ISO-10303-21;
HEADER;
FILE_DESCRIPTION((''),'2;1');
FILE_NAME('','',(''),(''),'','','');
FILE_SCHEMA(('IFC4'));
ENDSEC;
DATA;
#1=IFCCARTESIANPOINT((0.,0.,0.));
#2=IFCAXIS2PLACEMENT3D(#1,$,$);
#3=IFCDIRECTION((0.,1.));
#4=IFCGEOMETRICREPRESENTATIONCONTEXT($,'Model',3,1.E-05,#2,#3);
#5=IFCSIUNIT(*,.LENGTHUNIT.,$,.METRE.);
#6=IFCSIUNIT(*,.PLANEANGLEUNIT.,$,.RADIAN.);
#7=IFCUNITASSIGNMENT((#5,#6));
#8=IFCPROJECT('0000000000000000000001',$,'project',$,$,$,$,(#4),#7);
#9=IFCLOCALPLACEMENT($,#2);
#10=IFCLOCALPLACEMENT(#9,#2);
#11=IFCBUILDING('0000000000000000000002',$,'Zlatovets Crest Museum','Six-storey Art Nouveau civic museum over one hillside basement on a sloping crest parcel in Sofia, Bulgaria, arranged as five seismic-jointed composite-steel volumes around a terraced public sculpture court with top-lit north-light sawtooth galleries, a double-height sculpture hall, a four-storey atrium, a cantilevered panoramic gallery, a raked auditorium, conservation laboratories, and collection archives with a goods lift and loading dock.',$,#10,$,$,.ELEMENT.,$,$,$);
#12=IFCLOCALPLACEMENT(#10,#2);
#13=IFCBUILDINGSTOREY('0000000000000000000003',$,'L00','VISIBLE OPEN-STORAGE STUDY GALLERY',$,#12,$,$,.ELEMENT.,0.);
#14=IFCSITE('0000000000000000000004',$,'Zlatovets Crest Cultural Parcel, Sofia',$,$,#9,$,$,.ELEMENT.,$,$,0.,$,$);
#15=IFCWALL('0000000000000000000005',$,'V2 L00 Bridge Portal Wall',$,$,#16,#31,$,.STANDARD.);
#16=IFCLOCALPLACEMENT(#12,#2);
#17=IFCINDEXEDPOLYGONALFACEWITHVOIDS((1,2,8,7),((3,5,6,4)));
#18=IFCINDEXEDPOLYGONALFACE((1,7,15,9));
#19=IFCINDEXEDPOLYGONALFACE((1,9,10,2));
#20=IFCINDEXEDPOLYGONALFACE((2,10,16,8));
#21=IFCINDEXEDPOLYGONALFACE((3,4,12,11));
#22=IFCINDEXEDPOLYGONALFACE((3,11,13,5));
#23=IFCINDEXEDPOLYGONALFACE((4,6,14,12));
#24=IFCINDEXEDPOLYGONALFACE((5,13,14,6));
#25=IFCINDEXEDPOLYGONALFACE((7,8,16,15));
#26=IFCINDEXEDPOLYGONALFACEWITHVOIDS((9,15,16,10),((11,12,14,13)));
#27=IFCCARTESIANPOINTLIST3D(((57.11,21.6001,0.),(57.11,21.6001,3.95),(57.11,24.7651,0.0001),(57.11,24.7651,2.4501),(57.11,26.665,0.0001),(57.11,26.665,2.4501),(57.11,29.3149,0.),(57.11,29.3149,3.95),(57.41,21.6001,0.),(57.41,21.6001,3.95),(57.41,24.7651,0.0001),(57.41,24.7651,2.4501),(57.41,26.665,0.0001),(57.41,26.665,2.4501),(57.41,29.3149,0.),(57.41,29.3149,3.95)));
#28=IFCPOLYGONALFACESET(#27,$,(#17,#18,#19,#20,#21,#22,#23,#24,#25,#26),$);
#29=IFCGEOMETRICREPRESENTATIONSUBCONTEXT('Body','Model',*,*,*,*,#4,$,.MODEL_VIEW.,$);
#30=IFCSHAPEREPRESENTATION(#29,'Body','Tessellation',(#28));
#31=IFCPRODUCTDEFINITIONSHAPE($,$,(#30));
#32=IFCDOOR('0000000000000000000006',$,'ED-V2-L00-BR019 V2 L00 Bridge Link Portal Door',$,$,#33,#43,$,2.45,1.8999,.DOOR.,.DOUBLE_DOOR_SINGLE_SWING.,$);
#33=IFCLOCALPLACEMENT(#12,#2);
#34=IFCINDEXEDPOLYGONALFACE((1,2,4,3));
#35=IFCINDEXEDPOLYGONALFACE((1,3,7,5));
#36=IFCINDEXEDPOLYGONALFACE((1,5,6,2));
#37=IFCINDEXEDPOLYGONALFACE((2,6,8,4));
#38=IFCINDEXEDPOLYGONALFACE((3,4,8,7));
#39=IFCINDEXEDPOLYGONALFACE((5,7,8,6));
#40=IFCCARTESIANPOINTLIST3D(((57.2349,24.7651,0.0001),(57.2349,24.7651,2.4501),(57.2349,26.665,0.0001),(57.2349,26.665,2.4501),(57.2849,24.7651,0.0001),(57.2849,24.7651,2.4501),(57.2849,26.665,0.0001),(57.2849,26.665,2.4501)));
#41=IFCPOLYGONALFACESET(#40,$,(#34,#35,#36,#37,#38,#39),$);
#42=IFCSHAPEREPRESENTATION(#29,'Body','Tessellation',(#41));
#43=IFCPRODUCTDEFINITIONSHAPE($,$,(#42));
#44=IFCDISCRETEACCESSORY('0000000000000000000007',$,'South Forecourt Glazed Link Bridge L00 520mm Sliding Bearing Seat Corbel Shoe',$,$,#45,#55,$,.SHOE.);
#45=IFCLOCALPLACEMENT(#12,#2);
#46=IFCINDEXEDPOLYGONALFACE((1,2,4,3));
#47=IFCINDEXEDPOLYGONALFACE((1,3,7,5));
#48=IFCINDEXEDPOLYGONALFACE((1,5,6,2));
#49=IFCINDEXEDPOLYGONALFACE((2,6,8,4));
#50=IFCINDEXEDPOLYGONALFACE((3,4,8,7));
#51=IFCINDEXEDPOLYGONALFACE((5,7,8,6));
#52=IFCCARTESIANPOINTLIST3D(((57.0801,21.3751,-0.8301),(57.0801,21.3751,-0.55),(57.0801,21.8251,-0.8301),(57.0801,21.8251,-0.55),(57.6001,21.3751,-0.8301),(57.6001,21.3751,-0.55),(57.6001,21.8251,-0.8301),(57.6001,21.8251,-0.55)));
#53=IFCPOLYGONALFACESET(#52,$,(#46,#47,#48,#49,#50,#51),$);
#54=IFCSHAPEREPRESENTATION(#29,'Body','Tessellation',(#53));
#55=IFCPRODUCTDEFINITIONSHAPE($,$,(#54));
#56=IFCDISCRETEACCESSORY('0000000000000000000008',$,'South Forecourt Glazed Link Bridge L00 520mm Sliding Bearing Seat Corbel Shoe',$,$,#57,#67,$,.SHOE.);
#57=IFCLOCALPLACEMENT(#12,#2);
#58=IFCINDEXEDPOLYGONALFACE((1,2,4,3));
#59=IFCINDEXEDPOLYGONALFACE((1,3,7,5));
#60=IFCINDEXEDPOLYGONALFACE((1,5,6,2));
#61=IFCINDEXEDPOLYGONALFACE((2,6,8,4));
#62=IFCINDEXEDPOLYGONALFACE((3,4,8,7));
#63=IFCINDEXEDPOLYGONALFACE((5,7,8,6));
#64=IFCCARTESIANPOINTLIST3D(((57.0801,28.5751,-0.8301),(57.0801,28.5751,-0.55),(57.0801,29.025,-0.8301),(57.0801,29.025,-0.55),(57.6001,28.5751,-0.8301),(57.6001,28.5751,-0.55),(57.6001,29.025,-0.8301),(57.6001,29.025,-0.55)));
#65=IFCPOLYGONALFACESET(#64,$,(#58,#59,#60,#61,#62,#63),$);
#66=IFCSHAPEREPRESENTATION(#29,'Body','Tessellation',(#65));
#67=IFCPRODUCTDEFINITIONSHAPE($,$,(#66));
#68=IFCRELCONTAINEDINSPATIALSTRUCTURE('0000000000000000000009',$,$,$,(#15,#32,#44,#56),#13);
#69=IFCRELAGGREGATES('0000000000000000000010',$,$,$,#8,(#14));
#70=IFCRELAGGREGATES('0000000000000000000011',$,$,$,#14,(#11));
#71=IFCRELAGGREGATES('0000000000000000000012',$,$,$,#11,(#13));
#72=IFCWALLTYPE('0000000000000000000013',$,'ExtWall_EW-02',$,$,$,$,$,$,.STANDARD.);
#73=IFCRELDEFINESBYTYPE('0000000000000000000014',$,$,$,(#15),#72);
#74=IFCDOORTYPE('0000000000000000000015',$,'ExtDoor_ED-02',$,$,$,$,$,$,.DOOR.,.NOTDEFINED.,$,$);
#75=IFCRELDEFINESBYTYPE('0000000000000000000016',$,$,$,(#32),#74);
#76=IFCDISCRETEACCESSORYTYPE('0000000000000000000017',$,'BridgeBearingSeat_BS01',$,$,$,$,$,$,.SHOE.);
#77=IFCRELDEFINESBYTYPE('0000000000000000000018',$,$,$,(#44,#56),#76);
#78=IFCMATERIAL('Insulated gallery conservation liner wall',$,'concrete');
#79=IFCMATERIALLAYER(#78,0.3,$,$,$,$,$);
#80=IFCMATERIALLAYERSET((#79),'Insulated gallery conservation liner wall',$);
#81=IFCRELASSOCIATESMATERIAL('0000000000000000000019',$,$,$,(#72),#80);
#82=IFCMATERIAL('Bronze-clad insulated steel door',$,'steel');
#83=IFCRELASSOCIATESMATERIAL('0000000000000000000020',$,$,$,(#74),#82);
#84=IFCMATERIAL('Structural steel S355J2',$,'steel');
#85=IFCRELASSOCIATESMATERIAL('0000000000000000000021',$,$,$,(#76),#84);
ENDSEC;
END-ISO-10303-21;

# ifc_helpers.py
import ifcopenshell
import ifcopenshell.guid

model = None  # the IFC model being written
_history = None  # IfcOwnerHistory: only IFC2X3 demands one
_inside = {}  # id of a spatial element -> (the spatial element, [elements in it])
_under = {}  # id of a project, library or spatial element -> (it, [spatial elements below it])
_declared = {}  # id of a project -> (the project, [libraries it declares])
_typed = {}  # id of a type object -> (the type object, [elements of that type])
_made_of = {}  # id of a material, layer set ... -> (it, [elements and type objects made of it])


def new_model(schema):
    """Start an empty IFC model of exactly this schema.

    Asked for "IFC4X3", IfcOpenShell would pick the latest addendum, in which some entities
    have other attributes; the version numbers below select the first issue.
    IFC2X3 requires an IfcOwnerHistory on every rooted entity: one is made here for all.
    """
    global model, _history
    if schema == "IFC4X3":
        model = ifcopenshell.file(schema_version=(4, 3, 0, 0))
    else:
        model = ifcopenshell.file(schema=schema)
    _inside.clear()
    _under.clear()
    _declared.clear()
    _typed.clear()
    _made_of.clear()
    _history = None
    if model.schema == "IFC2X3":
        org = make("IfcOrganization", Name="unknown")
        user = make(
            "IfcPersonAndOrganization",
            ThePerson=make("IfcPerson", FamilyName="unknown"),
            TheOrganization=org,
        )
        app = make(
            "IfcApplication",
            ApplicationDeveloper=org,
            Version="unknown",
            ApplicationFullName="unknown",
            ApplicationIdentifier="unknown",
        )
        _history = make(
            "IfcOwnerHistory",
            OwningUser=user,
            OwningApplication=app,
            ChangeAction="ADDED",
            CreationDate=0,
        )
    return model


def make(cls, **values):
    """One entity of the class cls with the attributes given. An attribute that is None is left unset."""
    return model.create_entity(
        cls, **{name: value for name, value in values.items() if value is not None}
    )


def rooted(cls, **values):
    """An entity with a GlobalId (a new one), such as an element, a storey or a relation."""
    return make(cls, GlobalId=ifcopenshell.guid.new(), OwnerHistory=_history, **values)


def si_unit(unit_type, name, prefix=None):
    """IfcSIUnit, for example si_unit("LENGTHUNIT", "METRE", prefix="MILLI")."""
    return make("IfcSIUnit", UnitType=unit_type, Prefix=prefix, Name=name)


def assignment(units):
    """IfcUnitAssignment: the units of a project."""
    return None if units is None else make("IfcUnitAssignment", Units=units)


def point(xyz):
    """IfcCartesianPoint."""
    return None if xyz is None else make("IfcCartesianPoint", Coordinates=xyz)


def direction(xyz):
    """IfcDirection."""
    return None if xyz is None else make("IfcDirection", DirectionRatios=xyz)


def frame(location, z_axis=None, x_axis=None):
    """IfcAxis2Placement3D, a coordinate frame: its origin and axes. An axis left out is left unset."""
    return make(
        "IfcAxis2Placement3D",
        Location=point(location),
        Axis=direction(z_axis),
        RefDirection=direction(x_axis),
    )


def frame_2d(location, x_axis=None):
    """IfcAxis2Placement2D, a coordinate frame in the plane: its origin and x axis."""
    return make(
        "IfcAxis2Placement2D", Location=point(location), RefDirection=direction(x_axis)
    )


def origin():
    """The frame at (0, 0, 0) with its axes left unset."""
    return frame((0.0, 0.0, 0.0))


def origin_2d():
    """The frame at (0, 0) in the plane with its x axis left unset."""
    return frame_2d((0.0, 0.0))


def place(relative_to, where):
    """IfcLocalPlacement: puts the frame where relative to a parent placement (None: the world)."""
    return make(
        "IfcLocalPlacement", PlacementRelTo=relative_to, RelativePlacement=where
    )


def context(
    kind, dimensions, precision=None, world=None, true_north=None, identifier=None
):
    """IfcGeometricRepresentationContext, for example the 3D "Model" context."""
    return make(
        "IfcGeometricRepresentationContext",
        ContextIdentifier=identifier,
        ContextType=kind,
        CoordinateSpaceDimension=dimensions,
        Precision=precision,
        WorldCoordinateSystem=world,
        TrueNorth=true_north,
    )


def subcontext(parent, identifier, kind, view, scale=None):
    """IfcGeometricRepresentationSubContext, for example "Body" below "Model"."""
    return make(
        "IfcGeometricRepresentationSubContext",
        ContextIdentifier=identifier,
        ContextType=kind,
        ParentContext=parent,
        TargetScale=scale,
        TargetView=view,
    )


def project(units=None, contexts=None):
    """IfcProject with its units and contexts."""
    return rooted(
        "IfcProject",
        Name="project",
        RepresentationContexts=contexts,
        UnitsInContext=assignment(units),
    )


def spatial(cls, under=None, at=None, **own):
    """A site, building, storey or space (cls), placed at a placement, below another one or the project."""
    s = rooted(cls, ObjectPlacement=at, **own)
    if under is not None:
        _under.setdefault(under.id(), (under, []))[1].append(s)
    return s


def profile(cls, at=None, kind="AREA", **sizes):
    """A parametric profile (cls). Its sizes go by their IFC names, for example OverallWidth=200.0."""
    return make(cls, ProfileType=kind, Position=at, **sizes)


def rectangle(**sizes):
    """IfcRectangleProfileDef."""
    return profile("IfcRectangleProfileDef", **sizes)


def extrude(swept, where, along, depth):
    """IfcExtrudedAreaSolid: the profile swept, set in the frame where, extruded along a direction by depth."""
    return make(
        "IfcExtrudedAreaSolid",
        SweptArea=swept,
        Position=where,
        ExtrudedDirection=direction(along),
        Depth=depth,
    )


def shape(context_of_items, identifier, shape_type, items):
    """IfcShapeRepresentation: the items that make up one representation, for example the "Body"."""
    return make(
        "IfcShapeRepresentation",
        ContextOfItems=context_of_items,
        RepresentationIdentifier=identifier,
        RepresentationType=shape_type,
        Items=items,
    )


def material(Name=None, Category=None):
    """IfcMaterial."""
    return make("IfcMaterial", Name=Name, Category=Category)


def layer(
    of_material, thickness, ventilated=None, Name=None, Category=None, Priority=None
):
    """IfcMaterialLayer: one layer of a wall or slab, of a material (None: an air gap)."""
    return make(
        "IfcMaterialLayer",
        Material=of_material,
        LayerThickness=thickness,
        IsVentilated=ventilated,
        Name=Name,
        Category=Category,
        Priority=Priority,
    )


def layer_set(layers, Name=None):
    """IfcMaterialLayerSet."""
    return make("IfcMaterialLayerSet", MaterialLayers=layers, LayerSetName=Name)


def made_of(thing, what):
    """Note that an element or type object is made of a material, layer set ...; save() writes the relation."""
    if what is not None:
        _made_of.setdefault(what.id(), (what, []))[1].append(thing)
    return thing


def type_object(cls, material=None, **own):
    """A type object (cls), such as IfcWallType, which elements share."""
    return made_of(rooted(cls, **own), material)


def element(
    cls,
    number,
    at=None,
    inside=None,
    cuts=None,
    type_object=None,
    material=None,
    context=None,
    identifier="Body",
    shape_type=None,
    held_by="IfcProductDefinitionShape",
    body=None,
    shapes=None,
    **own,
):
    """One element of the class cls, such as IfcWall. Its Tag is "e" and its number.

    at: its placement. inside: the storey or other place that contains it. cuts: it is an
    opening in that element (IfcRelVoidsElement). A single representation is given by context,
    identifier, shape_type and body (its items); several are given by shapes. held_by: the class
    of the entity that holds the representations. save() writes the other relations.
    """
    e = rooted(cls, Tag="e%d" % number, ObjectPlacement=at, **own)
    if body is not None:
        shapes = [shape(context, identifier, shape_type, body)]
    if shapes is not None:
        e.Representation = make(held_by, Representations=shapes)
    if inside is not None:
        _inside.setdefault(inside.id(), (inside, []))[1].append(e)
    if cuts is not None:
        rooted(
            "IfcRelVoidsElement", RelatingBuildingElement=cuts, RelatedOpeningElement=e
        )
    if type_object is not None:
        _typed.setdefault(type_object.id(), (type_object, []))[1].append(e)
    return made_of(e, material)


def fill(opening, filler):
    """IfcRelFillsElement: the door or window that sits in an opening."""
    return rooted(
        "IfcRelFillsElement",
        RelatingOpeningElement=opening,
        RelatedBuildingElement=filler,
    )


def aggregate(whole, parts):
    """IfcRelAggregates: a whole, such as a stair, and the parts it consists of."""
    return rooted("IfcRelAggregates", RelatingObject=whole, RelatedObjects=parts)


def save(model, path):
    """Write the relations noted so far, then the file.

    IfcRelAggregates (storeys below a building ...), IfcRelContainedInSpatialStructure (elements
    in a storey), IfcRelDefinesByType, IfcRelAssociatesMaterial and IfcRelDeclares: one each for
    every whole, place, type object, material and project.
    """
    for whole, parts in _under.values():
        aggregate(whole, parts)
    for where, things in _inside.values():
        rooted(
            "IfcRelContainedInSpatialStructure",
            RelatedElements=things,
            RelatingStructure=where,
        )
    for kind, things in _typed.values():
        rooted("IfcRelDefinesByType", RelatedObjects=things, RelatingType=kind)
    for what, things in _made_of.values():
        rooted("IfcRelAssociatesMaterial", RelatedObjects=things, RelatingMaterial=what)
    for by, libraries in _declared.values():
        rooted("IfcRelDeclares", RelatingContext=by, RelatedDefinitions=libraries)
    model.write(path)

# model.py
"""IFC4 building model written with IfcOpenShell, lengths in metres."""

from ifc_helpers import new_model, si_unit, direction, frame, frame_2d, origin, origin_2d, place, context, subcontext, project, spatial, rectangle, extrude, material, layer, layer_set, type_object, element, fill, save


model = new_model("IFC4")

# Units and contexts
model_context = context("Model", 3, precision=1e-05, world=origin(), true_north=direction((0.0, 1.0)))
body_context = subcontext(model_context, "Body", "Model", "MODEL_VIEW")
ifc_project = project(units=[si_unit("LENGTHUNIT", "METRE"), si_unit("PLANEANGLEUNIT", "RADIAN")], contexts=[model_context])

# Site, building, storey
site_placement = place(None, origin())
site = spatial("IfcSite", under=ifc_project, at=site_placement, Name="Zlatovets Crest Cultural Parcel, Sofia", CompositionType="ELEMENT", RefElevation=0.0)
building_placement = place(site_placement, origin())
building = spatial("IfcBuilding", under=site, at=building_placement, Name="Zlatovets Crest Museum", Description="Six-storey Art Nouveau civic museum over one hillside basement on a sloping crest parcel in Sofia, Bulgaria, arranged as five seismic-jointed composite-steel volumes around a terraced public sculpture court with top-lit north-light sawtooth galleries, a double-height sculpture hall, a four-storey atrium, a cantilevered panoramic gallery, a raked auditorium, conservation laboratories, and collection archives with a goods lift and loading dock.", CompositionType="ELEMENT")
storey_placement = place(building_placement, origin())
storey = spatial("IfcBuildingStorey", under=building, at=storey_placement, Name="L00", Description="VISIBLE OPEN-STORAGE STUDY GALLERY", CompositionType="ELEMENT", Elevation=0.0)

# Shared definitions
ifc_material_1 = material(Name="Structural steel S355J2", Category="steel")

# Wall, opening, door
ifc_material_2 = material(Name="Insulated gallery conservation liner wall", Category="concrete")
ifc_layer_1 = layer(ifc_material_2, 0.3)
ifc_layer_set_1 = layer_set([ifc_layer_1], Name="Insulated gallery conservation liner wall")
wall_type_1 = type_object("IfcWallType", Name="ExtWall_EW-02", PredefinedType="STANDARD", material=ifc_layer_set_1)
wall_1_placement = place(storey_placement, frame((57.26, 29.3149, 0.0), z_axis=(0.0, 0.0, 1.0), x_axis=(0.0, -1.0, 0.0)))
wall_1 = element("IfcWall", 1, at=wall_1_placement, inside=storey, type_object=wall_type_1, Name="V2 L00 Bridge Portal Wall", PredefinedType="STANDARD", context=body_context, shape_type="SweptSolid", body=[
    extrude(rectangle(XDim=7.7148, YDim=0.3, at=frame_2d((3.8574, 0.0))), origin(), (0.0, 0.0, 1.0), 3.95),
])
opening_placement = place(wall_1_placement, frame((2.6499, 0.0, 0.0)))
opening = element("IfcOpeningElement", 2, at=opening_placement, cuts=wall_1, PredefinedType="OPENING", context=body_context, shape_type="SweptSolid", body=[
    extrude(rectangle(XDim=1.8999, YDim=2.45, at=frame_2d((0.95, 1.2251))), frame((0.0, 0.1602, 0.0), z_axis=(0.0, -1.0, 0.0), x_axis=(1.0, 0.0, 0.0)), (0.0, 0.0, 1.0), 0.3201),
])
ifc_material_3 = material(Name="Bronze-clad insulated steel door", Category="steel")
door_type = type_object("IfcDoorType", Name="ExtDoor_ED-02", OperationType="NOTDEFINED", PredefinedType="DOOR", material=ifc_material_3)
door_placement = place(opening_placement, origin())
door = element("IfcDoor", 3, at=door_placement, inside=storey, type_object=door_type, Name="ED-V2-L00-BR019 V2 L00 Bridge Link Portal Door", OperationType="DOUBLE_DOOR_SINGLE_SWING", OverallHeight=2.45, OverallWidth=1.8999, PredefinedType="DOOR", context=body_context, shape_type="SweptSolid", body=[
    extrude(rectangle(XDim=1.8999, YDim=2.45, at=frame_2d((0.95, 1.2251))), frame((0.0, 0.0249, 0.0), z_axis=(0.0, -1.0, 0.0), x_axis=(1.0, 0.0, 0.0)), (0.0, 0.0, 1.0), 0.05),
])
fill(opening, door)

# Discrete accessories
discrete_accessory_type = type_object("IfcDiscreteAccessoryType", Name="BridgeBearingSeat_BS01", PredefinedType="SHOE", material=ifc_material_1)
for number, where, z_axis, x_axis, name in (
    (4, (57.3401, 21.6001, -0.8301), (0.0, 0.0, 1.0), (1.0, 0.0, 0.0), "South Forecourt Glazed Link Bridge L00 520mm Sliding Bearing Seat Corbel Shoe"),
    (5, (57.3401, 28.8, -0.8301), (0.0, 0.0, 1.0), (1.0, 0.0, 0.0), "South Forecourt Glazed Link Bridge L00 520mm Sliding Bearing Seat Corbel Shoe"),
):
    element("IfcDiscreteAccessory", number, at=place(storey_placement, frame(where, z_axis=z_axis, x_axis=x_axis)), inside=storey, type_object=discrete_accessory_type, Name=name, PredefinedType="SHOE", context=body_context, shape_type="SweptSolid", body=[
        extrude(rectangle(XDim=0.52, YDim=0.45, at=origin_2d()), origin(), (0.0, 0.0, 1.0), 0.28),
    ])

save(model, "model.ifc")
